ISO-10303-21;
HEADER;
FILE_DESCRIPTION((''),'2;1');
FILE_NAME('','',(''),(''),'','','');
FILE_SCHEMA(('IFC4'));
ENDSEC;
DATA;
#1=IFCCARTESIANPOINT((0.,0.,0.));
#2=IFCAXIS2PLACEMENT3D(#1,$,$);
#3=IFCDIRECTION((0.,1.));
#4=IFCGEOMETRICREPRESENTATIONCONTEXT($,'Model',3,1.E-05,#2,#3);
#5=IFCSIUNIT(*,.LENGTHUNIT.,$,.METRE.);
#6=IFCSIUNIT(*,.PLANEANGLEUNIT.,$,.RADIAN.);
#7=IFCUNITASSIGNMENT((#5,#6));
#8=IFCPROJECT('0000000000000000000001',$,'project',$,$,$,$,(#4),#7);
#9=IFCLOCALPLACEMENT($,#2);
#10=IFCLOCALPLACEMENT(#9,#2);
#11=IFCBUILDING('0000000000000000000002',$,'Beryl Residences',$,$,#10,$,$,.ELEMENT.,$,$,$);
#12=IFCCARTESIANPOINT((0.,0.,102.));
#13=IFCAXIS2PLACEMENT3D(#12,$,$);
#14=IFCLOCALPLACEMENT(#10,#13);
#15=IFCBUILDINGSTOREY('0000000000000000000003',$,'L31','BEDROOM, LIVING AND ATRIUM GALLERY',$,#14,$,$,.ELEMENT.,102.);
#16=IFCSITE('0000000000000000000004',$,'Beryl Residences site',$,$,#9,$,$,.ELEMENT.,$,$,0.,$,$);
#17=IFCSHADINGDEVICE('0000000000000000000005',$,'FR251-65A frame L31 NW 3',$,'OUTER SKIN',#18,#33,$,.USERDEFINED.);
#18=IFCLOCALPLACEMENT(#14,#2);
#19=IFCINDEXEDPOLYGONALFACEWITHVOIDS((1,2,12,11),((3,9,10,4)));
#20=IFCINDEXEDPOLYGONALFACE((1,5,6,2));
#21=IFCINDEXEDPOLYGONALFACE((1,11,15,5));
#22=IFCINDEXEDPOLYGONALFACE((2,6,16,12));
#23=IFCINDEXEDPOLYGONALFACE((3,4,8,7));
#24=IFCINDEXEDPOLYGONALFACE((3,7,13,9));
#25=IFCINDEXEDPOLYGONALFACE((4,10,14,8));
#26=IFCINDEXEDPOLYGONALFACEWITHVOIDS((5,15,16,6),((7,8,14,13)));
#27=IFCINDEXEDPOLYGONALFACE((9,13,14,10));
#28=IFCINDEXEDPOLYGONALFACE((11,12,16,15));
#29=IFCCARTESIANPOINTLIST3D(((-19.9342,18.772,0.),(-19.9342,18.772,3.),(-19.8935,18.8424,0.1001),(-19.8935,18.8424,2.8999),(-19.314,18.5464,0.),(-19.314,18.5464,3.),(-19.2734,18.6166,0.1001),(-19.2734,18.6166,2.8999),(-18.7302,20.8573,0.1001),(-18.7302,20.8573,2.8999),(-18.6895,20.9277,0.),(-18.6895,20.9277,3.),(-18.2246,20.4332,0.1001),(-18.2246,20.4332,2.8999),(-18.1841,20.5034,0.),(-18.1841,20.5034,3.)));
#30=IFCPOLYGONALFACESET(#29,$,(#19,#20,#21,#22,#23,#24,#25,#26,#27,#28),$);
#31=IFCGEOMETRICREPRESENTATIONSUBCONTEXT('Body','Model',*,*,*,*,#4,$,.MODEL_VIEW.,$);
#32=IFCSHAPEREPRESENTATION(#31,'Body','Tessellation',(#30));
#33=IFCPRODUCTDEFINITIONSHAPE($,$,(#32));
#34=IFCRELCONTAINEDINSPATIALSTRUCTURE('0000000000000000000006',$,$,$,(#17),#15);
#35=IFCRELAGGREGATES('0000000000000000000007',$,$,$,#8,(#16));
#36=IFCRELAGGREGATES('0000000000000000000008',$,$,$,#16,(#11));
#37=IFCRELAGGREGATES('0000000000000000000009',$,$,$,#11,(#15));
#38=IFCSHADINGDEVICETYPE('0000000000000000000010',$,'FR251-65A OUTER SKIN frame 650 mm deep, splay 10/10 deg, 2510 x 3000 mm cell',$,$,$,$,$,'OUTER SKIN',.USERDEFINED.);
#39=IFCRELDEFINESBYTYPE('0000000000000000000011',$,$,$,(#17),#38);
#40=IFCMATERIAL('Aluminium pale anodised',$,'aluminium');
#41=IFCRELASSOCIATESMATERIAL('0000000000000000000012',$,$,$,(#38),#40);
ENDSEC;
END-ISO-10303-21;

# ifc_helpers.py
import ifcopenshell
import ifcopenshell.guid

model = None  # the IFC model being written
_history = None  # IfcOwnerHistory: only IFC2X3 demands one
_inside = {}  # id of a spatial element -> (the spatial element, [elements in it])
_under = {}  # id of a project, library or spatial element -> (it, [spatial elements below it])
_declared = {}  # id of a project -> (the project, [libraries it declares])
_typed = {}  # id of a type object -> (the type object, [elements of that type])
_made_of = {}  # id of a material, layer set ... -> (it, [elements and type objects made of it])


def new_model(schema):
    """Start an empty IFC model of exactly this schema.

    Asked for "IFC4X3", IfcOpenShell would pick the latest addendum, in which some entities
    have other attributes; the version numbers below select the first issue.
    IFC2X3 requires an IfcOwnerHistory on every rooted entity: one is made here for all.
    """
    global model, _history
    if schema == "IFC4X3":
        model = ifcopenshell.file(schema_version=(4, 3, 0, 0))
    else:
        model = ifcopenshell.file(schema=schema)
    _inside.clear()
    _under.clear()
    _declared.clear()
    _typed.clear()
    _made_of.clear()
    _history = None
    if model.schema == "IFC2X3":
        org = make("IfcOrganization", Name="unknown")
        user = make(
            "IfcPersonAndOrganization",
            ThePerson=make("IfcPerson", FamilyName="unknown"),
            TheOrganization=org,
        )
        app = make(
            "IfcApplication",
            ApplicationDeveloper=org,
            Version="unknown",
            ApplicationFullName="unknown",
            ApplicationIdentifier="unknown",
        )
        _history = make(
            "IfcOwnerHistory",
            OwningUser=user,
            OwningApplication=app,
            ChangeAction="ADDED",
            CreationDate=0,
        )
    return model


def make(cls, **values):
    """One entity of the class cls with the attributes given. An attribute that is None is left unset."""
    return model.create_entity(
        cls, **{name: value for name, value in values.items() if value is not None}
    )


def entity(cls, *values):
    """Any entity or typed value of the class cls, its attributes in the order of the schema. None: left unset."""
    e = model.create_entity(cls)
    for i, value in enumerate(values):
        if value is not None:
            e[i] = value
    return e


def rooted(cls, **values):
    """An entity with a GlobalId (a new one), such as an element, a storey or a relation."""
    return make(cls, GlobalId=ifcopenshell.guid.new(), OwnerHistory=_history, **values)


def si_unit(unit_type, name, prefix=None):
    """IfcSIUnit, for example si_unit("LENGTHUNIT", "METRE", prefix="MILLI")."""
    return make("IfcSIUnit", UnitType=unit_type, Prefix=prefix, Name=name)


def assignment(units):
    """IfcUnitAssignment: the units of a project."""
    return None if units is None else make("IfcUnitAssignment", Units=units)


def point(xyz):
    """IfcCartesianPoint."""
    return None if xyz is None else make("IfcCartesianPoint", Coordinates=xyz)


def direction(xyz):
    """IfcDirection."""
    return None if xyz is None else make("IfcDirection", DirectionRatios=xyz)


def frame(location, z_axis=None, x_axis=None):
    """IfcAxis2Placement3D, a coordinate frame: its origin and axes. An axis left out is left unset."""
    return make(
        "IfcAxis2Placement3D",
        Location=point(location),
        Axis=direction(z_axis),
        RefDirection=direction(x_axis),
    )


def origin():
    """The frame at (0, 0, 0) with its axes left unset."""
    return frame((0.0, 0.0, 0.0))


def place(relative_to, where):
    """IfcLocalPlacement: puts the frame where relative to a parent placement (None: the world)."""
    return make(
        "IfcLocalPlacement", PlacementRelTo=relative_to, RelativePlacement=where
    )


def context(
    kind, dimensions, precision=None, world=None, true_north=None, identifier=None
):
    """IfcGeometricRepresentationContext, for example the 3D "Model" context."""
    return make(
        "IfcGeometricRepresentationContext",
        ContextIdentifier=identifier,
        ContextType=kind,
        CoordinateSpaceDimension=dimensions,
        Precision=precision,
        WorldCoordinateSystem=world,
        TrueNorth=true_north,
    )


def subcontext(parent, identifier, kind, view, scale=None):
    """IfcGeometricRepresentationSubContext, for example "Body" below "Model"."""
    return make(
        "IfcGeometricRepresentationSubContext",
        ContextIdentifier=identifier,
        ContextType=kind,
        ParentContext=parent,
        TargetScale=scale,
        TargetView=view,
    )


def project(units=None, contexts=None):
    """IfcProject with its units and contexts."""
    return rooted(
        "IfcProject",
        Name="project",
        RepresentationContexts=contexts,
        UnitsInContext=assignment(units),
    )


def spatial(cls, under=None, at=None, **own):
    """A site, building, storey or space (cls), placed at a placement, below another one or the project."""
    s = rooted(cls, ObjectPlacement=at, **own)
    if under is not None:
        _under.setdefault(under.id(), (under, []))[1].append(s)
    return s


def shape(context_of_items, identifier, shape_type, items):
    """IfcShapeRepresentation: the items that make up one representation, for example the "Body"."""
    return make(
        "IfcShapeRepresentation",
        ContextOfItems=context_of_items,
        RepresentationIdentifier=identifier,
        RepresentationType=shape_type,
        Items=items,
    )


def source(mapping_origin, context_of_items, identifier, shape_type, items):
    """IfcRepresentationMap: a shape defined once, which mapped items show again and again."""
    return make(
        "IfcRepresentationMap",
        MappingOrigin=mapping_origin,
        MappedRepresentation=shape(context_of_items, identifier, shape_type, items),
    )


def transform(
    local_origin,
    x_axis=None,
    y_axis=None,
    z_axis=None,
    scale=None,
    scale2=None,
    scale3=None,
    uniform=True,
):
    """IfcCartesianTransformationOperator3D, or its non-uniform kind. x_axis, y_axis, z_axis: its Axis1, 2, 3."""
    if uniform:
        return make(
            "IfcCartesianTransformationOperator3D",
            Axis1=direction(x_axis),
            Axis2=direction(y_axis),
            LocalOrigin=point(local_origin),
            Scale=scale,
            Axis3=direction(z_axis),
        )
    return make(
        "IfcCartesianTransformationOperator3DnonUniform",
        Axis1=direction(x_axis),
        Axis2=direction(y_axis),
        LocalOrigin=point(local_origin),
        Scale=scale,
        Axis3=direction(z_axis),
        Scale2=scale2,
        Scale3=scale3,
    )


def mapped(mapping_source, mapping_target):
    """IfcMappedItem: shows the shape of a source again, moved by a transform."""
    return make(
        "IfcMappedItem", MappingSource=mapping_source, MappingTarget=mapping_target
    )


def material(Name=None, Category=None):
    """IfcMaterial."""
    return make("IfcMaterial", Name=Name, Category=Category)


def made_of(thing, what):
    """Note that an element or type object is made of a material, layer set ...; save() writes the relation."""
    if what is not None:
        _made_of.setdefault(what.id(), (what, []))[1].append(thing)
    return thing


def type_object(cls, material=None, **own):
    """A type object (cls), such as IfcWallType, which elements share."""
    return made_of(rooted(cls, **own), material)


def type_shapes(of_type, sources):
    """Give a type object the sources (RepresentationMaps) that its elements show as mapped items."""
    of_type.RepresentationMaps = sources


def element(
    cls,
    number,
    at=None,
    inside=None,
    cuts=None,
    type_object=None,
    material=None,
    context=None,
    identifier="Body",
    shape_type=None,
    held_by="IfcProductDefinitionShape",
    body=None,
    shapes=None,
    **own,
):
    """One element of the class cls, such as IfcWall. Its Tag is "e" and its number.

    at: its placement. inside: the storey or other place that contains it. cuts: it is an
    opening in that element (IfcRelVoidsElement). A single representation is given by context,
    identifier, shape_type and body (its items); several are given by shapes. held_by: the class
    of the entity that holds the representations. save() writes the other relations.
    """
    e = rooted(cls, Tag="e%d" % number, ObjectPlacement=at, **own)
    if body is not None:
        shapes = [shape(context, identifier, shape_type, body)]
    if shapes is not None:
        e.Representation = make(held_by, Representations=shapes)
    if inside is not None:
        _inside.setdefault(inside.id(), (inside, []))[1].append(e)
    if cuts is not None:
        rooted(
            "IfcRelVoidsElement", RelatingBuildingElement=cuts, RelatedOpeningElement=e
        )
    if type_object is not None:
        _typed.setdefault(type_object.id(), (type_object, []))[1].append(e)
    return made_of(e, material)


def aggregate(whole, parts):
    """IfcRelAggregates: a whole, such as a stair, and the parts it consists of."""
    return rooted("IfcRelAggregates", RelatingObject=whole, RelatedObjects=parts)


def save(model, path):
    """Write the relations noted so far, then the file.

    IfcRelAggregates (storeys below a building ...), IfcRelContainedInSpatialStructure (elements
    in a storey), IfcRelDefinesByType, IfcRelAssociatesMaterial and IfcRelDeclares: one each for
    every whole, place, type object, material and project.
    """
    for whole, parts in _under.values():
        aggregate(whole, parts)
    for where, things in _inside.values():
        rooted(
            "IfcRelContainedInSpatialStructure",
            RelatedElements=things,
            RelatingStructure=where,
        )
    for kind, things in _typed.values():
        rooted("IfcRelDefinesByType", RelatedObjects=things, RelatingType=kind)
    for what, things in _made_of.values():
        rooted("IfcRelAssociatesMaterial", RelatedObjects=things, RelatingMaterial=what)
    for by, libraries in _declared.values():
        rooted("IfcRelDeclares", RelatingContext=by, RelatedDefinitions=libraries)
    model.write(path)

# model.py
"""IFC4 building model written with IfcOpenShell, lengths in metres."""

from ifc_helpers import new_model, entity, si_unit, direction, frame, origin, place, context, subcontext, project, spatial, source, transform, mapped, material, type_object, type_shapes, element, save


model = new_model("IFC4")

# Units and contexts
model_context = context("Model", 3, precision=1e-05, world=origin(), true_north=direction((0.0, 1.0)))
body_context = subcontext(model_context, "Body", "Model", "MODEL_VIEW")
ifc_project = project(units=[si_unit("LENGTHUNIT", "METRE"), si_unit("PLANEANGLEUNIT", "RADIAN")], contexts=[model_context])

# Site, building, storey
site_placement = place(None, origin())
site = spatial("IfcSite", under=ifc_project, at=site_placement, Name="Beryl Residences site", CompositionType="ELEMENT", RefElevation=0.0)
building_placement = place(site_placement, origin())
building = spatial("IfcBuilding", under=site, at=building_placement, Name="Beryl Residences", CompositionType="ELEMENT")
storey_placement = place(building_placement, frame((0.0, 0.0, 102.0)))
storey = spatial("IfcBuildingStorey", under=building, at=storey_placement, Name="L31", Description="BEDROOM, LIVING AND ATRIUM GALLERY", CompositionType="ELEMENT", Elevation=102.0)

# Shading device
ifc_material_1 = material(Name="Aluminium pale anodised", Category="aluminium")
shading_device_type_1 = type_object("IfcShadingDeviceType", Name="FR251-65A OUTER SKIN frame 650 mm deep, splay 10/10 deg, 2510 x 3000 mm cell", ElementType="OUTER SKIN", PredefinedType="USERDEFINED", material=ifc_material_1)
cartesian_point_1 = entity("IfcCartesianPoint", [-1.1299, 0.0])
cartesian_point_2 = entity("IfcCartesianPoint", [-1.0488, 0.1001])
cartesian_point_3 = entity("IfcCartesianPoint", [-1.2446, 0.0])
cartesian_point_4 = entity("IfcCartesianPoint", [-1.1633, 0.1001])
shared_shape_1 = source(origin(), body_context, "Body", "SweptSolid", [
    entity("IfcExtrudedAreaSolidTapered", entity("IfcArbitraryProfileDefWithVoids", "AREA", None, entity("IfcPolyline", [cartesian_point_1, entity("IfcCartesianPoint", [1.1299, 0.0]), entity("IfcCartesianPoint", [1.1299, 3.0]), entity("IfcCartesianPoint", [-1.1299, 3.0]), cartesian_point_1]), [entity("IfcPolyline", [cartesian_point_2, entity("IfcCartesianPoint", [1.0488, 0.1001]), entity("IfcCartesianPoint", [1.0488, 2.8999]), entity("IfcCartesianPoint", [-1.0488, 2.8999]), cartesian_point_2])]), entity("IfcAxis2Placement3D", entity("IfcCartesianPoint", [0.0, 0.0, 0.0]), entity("IfcDirection", [0.0, 1.0, 0.0]), entity("IfcDirection", [-1.0, 0.0, 0.0])), entity("IfcDirection", [0.0, 0.0, 1.0]), 0.6499, entity("IfcArbitraryProfileDefWithVoids", "AREA", None, entity("IfcPolyline", [cartesian_point_3, entity("IfcCartesianPoint", [1.2446, 0.0]), entity("IfcCartesianPoint", [1.2446, 3.0]), entity("IfcCartesianPoint", [-1.2446, 3.0]), cartesian_point_3]), [entity("IfcPolyline", [cartesian_point_4, entity("IfcCartesianPoint", [1.1633, 0.1001]), entity("IfcCartesianPoint", [1.1633, 2.8999]), entity("IfcCartesianPoint", [-1.1633, 2.8999]), cartesian_point_4])])),
])
type_shapes(shading_device_type_1, [shared_shape_1])
for number, where, z_axis, x_axis, name in (
    (1, (-18.749, 19.5249, 0.0), (0.0, 0.0, 1.0), (0.5, 0.866025, 0.0), "FR251-65A frame L31 NW 3"),
):
    element("IfcShadingDevice", number, at=place(storey_placement, frame(where, z_axis=z_axis, x_axis=x_axis)), inside=storey, type_object=shading_device_type_1, Name=name, ObjectType="OUTER SKIN", PredefinedType="USERDEFINED", context=body_context, shape_type="MappedRepresentation", body=[
        mapped(shared_shape_1, transform((0.0, 0.0, 0.0))),
    ])

save(model, "model.ifc")
